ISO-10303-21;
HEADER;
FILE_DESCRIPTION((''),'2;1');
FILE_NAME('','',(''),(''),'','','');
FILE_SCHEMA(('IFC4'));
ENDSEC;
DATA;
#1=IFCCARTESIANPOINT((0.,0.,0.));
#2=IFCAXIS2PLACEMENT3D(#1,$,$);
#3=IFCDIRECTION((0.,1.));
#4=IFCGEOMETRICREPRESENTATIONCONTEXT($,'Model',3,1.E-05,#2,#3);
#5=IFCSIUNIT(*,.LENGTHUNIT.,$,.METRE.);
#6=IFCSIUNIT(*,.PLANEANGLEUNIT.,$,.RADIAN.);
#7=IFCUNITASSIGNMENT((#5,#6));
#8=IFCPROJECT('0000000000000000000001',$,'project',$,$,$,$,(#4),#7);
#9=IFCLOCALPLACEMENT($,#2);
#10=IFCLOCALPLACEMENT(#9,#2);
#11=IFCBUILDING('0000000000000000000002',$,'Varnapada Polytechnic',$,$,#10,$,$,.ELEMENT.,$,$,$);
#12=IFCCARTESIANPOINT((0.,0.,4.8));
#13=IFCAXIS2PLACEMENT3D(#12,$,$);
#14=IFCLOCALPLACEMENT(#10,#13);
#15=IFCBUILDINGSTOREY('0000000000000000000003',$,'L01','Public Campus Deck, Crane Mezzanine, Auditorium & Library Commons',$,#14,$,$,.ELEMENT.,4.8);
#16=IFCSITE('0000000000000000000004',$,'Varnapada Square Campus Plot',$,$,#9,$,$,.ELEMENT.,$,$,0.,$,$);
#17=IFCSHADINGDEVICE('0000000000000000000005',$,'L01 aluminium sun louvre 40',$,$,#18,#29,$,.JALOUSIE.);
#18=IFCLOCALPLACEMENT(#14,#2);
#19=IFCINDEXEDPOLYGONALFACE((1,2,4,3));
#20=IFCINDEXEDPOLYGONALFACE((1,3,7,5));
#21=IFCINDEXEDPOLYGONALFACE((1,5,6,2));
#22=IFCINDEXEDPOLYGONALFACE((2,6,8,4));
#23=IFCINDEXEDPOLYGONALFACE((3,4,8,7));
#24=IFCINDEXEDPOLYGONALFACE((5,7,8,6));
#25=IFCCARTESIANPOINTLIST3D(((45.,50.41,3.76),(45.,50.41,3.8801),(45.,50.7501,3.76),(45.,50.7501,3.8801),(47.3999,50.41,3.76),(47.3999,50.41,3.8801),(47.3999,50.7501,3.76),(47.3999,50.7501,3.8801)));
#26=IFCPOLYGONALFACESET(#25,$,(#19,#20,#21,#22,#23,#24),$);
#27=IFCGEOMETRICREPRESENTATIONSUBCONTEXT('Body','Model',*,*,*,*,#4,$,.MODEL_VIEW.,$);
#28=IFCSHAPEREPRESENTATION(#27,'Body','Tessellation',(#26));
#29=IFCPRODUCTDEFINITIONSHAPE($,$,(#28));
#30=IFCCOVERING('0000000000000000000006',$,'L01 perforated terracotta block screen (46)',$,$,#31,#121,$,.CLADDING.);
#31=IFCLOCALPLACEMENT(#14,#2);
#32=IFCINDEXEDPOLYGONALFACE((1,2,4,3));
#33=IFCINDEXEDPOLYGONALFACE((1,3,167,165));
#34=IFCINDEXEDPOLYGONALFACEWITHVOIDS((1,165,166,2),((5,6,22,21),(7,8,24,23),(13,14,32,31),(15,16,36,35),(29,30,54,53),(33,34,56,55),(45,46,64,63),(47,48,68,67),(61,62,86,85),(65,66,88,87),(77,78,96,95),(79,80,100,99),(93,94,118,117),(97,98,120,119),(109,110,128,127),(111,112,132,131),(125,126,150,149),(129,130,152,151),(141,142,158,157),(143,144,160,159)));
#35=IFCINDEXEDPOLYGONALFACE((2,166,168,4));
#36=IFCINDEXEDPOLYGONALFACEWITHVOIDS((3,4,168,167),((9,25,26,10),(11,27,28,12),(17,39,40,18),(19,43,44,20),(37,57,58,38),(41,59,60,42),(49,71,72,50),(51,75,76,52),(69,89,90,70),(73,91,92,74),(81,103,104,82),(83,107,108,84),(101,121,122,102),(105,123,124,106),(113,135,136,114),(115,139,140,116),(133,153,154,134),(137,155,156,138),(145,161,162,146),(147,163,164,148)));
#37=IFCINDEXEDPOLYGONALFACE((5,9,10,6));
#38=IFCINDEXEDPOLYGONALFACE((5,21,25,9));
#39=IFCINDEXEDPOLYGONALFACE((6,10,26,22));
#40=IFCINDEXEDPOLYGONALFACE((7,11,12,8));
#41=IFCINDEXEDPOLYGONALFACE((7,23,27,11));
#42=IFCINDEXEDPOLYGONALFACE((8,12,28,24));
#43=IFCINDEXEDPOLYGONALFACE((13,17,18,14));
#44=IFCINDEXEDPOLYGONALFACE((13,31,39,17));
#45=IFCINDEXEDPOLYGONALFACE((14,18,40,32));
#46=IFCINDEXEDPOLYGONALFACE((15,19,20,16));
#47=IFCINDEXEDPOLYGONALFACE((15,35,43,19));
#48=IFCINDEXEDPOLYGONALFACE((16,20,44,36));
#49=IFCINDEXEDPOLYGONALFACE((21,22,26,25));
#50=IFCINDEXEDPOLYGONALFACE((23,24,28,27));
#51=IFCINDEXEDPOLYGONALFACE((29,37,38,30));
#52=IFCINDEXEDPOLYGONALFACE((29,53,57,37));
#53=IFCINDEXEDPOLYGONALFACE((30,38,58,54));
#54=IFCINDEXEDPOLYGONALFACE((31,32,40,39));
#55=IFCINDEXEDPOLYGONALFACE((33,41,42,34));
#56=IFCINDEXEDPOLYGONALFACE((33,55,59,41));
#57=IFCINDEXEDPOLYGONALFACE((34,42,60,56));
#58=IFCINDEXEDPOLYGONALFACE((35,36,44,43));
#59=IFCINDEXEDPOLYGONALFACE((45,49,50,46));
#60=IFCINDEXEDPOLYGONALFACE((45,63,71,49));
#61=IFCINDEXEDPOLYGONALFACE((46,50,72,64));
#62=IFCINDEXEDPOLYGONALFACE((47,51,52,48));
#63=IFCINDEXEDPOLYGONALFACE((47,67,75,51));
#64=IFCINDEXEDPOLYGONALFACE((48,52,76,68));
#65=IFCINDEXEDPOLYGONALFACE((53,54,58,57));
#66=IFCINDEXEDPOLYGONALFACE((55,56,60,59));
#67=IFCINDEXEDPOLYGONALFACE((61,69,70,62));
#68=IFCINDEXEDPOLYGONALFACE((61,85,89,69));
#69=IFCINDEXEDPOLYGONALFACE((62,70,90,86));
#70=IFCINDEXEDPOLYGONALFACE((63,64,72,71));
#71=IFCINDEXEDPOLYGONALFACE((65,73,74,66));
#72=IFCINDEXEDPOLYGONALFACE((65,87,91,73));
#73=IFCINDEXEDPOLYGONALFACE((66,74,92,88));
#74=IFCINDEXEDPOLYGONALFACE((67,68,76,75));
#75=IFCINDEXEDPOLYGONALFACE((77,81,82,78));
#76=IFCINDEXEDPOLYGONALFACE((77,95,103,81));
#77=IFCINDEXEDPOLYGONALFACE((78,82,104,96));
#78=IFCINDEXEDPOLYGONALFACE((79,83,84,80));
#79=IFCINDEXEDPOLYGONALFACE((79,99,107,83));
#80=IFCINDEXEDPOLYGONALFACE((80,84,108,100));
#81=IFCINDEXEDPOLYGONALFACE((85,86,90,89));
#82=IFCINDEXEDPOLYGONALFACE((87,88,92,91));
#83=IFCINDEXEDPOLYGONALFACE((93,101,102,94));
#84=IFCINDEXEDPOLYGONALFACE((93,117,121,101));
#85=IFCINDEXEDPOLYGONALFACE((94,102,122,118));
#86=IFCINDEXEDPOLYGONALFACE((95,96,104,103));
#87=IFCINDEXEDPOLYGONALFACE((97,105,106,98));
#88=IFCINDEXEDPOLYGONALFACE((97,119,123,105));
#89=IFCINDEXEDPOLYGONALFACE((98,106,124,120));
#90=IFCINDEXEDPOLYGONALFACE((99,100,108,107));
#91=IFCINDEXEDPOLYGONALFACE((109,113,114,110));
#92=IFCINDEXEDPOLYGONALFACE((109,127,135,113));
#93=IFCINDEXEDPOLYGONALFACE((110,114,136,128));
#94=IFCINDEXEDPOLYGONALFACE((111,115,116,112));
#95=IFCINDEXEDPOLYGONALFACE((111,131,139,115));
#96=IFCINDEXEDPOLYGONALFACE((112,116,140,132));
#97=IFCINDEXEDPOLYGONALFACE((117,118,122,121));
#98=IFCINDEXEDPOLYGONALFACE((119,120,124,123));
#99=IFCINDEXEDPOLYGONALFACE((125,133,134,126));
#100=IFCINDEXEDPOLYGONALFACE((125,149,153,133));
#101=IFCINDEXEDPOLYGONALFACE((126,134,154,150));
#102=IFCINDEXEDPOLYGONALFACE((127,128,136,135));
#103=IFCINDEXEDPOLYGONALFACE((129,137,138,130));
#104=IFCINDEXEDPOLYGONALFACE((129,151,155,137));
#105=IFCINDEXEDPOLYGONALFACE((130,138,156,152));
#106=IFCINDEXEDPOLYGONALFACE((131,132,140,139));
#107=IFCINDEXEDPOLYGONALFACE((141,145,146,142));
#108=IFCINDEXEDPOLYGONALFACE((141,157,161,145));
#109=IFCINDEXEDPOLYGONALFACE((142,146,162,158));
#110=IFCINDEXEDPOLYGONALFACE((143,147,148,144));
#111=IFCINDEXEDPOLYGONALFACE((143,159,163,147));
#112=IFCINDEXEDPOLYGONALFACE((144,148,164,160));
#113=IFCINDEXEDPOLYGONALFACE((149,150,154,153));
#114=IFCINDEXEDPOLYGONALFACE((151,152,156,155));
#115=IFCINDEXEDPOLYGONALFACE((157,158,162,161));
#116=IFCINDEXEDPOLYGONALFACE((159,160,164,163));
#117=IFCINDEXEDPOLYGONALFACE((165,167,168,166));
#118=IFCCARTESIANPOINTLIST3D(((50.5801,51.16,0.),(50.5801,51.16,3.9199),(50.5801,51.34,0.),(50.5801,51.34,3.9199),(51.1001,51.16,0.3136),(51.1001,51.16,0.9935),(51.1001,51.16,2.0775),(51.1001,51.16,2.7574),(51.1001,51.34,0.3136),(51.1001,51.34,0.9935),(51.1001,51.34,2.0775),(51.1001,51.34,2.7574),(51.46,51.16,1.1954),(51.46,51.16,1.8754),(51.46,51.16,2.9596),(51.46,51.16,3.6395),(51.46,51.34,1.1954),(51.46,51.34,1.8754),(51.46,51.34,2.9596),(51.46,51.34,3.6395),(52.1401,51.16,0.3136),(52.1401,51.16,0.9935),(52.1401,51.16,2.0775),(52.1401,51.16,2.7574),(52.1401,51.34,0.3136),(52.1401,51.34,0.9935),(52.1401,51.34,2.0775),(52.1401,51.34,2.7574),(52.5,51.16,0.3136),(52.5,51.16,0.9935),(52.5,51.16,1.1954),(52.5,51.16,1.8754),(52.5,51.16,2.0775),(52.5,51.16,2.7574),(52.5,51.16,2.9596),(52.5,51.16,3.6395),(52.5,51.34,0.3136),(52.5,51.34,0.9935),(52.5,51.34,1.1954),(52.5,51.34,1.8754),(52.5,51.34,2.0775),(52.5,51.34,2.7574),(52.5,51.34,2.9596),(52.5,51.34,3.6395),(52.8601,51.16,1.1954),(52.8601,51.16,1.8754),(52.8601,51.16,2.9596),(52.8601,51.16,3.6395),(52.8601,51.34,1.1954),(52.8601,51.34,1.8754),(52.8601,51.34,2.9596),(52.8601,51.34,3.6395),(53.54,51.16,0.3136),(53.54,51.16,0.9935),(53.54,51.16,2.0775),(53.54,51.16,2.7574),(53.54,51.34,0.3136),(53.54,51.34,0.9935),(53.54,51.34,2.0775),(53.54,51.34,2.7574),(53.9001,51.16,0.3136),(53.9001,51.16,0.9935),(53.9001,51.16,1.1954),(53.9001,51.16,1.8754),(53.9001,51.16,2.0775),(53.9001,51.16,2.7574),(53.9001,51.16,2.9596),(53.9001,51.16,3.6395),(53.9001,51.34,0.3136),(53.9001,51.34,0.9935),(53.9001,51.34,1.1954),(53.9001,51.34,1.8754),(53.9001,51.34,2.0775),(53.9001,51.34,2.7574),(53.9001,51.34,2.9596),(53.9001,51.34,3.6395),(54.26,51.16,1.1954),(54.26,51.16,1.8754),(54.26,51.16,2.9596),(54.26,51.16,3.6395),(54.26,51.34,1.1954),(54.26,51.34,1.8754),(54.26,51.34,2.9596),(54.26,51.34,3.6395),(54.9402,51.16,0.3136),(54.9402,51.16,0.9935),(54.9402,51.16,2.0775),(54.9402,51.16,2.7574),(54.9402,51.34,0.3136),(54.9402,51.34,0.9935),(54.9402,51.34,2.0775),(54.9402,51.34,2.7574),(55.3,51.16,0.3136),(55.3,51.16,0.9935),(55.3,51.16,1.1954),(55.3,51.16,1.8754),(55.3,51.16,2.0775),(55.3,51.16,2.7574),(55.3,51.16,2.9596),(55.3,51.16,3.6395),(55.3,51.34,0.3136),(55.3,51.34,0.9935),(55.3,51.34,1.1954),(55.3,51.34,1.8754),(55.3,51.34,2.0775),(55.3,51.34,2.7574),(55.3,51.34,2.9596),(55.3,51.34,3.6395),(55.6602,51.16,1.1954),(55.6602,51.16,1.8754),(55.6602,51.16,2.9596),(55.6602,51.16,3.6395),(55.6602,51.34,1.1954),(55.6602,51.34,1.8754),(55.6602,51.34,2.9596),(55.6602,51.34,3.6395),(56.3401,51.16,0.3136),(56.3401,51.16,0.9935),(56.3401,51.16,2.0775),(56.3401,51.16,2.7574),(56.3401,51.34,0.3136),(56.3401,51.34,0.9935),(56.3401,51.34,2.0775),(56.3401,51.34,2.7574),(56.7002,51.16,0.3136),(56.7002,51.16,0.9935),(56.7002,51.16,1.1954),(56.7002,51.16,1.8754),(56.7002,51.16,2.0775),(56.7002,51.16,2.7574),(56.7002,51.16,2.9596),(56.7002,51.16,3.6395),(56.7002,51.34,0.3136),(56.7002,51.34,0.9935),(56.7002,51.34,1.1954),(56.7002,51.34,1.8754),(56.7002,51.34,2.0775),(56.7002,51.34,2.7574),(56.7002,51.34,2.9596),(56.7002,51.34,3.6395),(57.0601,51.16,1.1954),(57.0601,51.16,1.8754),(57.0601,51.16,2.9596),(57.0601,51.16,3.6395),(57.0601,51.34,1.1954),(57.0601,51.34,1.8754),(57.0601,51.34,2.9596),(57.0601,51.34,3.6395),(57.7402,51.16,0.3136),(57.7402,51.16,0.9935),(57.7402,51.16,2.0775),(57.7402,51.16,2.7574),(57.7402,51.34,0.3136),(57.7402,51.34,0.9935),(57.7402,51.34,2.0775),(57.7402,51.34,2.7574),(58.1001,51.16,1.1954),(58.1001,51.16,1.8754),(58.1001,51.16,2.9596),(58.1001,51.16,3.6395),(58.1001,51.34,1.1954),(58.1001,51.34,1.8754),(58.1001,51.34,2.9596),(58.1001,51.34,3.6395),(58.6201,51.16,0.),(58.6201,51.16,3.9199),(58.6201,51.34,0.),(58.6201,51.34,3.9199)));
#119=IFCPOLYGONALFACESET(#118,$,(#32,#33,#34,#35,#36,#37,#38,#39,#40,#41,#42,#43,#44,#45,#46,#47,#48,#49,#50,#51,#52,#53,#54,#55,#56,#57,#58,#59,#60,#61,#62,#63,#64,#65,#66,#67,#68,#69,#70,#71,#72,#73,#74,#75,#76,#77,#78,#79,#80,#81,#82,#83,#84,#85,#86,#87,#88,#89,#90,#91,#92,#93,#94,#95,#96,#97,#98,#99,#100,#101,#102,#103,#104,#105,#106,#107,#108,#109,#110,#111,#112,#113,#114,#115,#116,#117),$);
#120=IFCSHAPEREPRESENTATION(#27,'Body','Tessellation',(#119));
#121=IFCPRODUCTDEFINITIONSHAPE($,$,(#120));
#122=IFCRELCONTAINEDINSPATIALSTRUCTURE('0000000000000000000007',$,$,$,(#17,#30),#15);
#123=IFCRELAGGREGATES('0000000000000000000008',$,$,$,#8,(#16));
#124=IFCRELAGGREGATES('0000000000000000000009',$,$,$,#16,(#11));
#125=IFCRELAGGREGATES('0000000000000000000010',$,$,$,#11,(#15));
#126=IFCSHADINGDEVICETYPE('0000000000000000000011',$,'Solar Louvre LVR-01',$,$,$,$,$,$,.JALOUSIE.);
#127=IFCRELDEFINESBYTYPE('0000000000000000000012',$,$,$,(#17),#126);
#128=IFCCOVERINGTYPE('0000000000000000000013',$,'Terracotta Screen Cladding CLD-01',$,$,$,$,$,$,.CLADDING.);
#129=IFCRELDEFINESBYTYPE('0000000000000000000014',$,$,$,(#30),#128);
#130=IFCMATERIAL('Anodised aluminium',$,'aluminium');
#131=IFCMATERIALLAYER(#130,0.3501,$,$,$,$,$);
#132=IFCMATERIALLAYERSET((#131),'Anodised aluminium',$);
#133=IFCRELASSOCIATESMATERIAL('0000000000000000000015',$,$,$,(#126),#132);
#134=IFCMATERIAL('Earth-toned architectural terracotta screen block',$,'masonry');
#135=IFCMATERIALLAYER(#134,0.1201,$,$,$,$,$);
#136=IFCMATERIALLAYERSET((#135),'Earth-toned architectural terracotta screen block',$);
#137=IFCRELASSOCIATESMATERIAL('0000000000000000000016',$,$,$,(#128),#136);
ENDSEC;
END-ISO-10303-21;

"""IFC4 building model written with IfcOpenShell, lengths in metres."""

from ifc_helpers import new_model, si_unit, direction, frame, frame_2d, origin, origin_2d, place, context, subcontext, project, spatial, rectangle, extrude, material, layer, layer_set, type_object, element, save


model = new_model("IFC4")

# Units and contexts
model_context = context("Model", 3, precision=1e-05, world=origin(), true_north=direction((0.0, 1.0)))
body_context = subcontext(model_context, "Body", "Model", "MODEL_VIEW")
ifc_project = project(units=[si_unit("LENGTHUNIT", "METRE"), si_unit("PLANEANGLEUNIT", "RADIAN")], contexts=[model_context])

# Site, building, storey
site_placement = place(None, origin())
site = spatial("IfcSite", under=ifc_project, at=site_placement, Name="Varnapada Square Campus Plot", CompositionType="ELEMENT", RefElevation=0.0)
building_placement = place(site_placement, origin())
building = spatial("IfcBuilding", under=site, at=building_placement, Name="Varnapada Polytechnic", CompositionType="ELEMENT")
storey_placement = place(building_placement, frame((0.0, 0.0, 4.8)))
storey = spatial("IfcBuildingStorey", under=building, at=storey_placement, Name="L01", Description="Public Campus Deck, Crane Mezzanine, Auditorium & Library Commons", CompositionType="ELEMENT", Elevation=4.8)

# Shading device
ifc_material_1 = material(Name="Anodised aluminium", Category="aluminium")
ifc_layer_1 = layer(ifc_material_1, 0.3501)
ifc_layer_set_1 = layer_set([ifc_layer_1], Name="Anodised aluminium")
shading_device_type_1 = type_object("IfcShadingDeviceType", Name="Solar Louvre LVR-01", PredefinedType="JALOUSIE", material=ifc_layer_set_1)
shading_device_1_placement = place(storey_placement, frame((46.2, 50.5801, 3.76), z_axis=(0.0, 0.0, 1.0), x_axis=(1.0, 0.0, 0.0)))
element("IfcShadingDevice", 1, at=shading_device_1_placement, inside=storey, type_object=shading_device_type_1, Name="L01 aluminium sun louvre 40", PredefinedType="JALOUSIE", context=body_context, shape_type="SweptSolid", body=[
    extrude(rectangle(XDim=2.3999, YDim=0.3401, at=origin_2d()), origin(), (0.0, 0.0, 1.0), 0.1201),
])

# Covering, openings
ifc_material_2 = material(Name="Earth-toned architectural terracotta screen block", Category="masonry")
ifc_layer_2 = layer(ifc_material_2, 0.1201)
ifc_layer_set_2 = layer_set([ifc_layer_2], Name="Earth-toned architectural terracotta screen block")
covering_type = type_object("IfcCoveringType", Name="Terracotta Screen Cladding CLD-01", PredefinedType="CLADDING", material=ifc_layer_set_2)
covering_placement = place(storey_placement, frame((50.5801, 51.25, 0.0), z_axis=(0.0, 0.0, 1.0), x_axis=(1.0, 0.0, 0.0)))
covering = element("IfcCovering", 2, at=covering_placement, inside=storey, type_object=covering_type, Name="L01 perforated terracotta block screen (46)", PredefinedType="CLADDING", context=body_context, shape_type="SweptSolid", body=[
    extrude(rectangle(XDim=8.04, YDim=0.1799, at=frame_2d((4.02, 0.0))), origin(), (0.0, 0.0, 1.0), 3.9199),
])
opening_1_placement = place(covering_placement, frame((0.52, 0.0, 0.3137)))
element("IfcOpeningElement", 3, at=opening_1_placement, cuts=covering, PredefinedType="OPENING", context=body_context, shape_type="SweptSolid", body=[
    extrude(rectangle(XDim=1.04, YDim=0.6799, at=frame_2d((0.52, 0.3398))), frame((0.0, 0.0999, 0.0), z_axis=(0.0, -1.0, 0.0), x_axis=(1.0, 0.0, 0.0)), (0.0, 0.0, 1.0), 0.2),
])
opening_2_placement = place(covering_placement, frame((1.9199, 0.0, 0.3137)))
element("IfcOpeningElement", 4, at=opening_2_placement, cuts=covering, PredefinedType="OPENING", context=body_context, shape_type="SweptSolid", body=[
    extrude(rectangle(XDim=1.04, YDim=0.6799, at=frame_2d((0.52, 0.3398))), frame((0.0, 0.0999, 0.0), z_axis=(0.0, -1.0, 0.0), x_axis=(1.0, 0.0, 0.0)), (0.0, 0.0, 1.0), 0.2),
])
opening_3_placement = place(covering_placement, frame((3.3201, 0.0, 0.3137)))
element("IfcOpeningElement", 5, at=opening_3_placement, cuts=covering, PredefinedType="OPENING", context=body_context, shape_type="SweptSolid", body=[
    extrude(rectangle(XDim=1.04, YDim=0.6799, at=frame_2d((0.52, 0.3398))), frame((0.0, 0.0999, 0.0), z_axis=(0.0, -1.0, 0.0), x_axis=(1.0, 0.0, 0.0)), (0.0, 0.0, 1.0), 0.2),
])
opening_4_placement = place(covering_placement, frame((4.72, 0.0, 0.3137)))
element("IfcOpeningElement", 6, at=opening_4_placement, cuts=covering, PredefinedType="OPENING", context=body_context, shape_type="SweptSolid", body=[
    extrude(rectangle(XDim=1.04, YDim=0.6799, at=frame_2d((0.52, 0.3398))), frame((0.0, 0.0999, 0.0), z_axis=(0.0, -1.0, 0.0), x_axis=(1.0, 0.0, 0.0)), (0.0, 0.0, 1.0), 0.2),
])
opening_5_placement = place(covering_placement, frame((6.1201, 0.0, 0.3137)))
element("IfcOpeningElement", 7, at=opening_5_placement, cuts=covering, PredefinedType="OPENING", context=body_context, shape_type="SweptSolid", body=[
    extrude(rectangle(XDim=1.04, YDim=0.6799, at=frame_2d((0.52, 0.3398))), frame((0.0, 0.0999, 0.0), z_axis=(0.0, -1.0, 0.0), x_axis=(1.0, 0.0, 0.0)), (0.0, 0.0, 1.0), 0.2),
])
opening_6_placement = place(covering_placement, frame((0.8799, 0.0, 1.1956)))
element("IfcOpeningElement", 8, at=opening_6_placement, cuts=covering, PredefinedType="OPENING", context=body_context, shape_type="SweptSolid", body=[
    extrude(rectangle(XDim=1.04, YDim=0.6799, at=frame_2d((0.52, 0.3398))), frame((0.0, 0.0999, 0.0), z_axis=(0.0, -1.0, 0.0), x_axis=(1.0, 0.0, 0.0)), (0.0, 0.0, 1.0), 0.2),
])
opening_7_placement = place(covering_placement, frame((2.28, 0.0, 1.1956)))
element("IfcOpeningElement", 9, at=opening_7_placement, cuts=covering, PredefinedType="OPENING", context=body_context, shape_type="SweptSolid", body=[
    extrude(rectangle(XDim=1.04, YDim=0.6799, at=frame_2d((0.52, 0.3398))), frame((0.0, 0.0999, 0.0), z_axis=(0.0, -1.0, 0.0), x_axis=(1.0, 0.0, 0.0)), (0.0, 0.0, 1.0), 0.2),
])
opening_8_placement = place(covering_placement, frame((3.6799, 0.0, 1.1956)))
element("IfcOpeningElement", 10, at=opening_8_placement, cuts=covering, PredefinedType="OPENING", context=body_context, shape_type="SweptSolid", body=[
    extrude(rectangle(XDim=1.04, YDim=0.6799, at=frame_2d((0.52, 0.3398))), frame((0.0, 0.0999, 0.0), z_axis=(0.0, -1.0, 0.0), x_axis=(1.0, 0.0, 0.0)), (0.0, 0.0, 1.0), 0.2),
])
opening_9_placement = place(covering_placement, frame((5.0801, 0.0, 1.1956)))
element("IfcOpeningElement", 11, at=opening_9_placement, cuts=covering, PredefinedType="OPENING", context=body_context, shape_type="SweptSolid", body=[
    extrude(rectangle(XDim=1.04, YDim=0.6799, at=frame_2d((0.52, 0.3398))), frame((0.0, 0.0999, 0.0), z_axis=(0.0, -1.0, 0.0), x_axis=(1.0, 0.0, 0.0)), (0.0, 0.0, 1.0), 0.2),
])
opening_10_placement = place(covering_placement, frame((6.48, 0.0, 1.1956)))
element("IfcOpeningElement", 12, at=opening_10_placement, cuts=covering, PredefinedType="OPENING", context=body_context, shape_type="SweptSolid", body=[
    extrude(rectangle(XDim=1.04, YDim=0.6799, at=frame_2d((0.52, 0.3398))), frame((0.0, 0.0999, 0.0), z_axis=(0.0, -1.0, 0.0), x_axis=(1.0, 0.0, 0.0)), (0.0, 0.0, 1.0), 0.2),
])
opening_11_placement = place(covering_placement, frame((0.52, 0.0, 2.0776)))
element("IfcOpeningElement", 13, at=opening_11_placement, cuts=covering, PredefinedType="OPENING", context=body_context, shape_type="SweptSolid", body=[
    extrude(rectangle(XDim=1.04, YDim=0.6799, at=frame_2d((0.52, 0.3398))), frame((0.0, 0.0999, 0.0), z_axis=(0.0, -1.0, 0.0), x_axis=(1.0, 0.0, 0.0)), (0.0, 0.0, 1.0), 0.2),
])
opening_12_placement = place(covering_placement, frame((1.9199, 0.0, 2.0776)))
element("IfcOpeningElement", 14, at=opening_12_placement, cuts=covering, PredefinedType="OPENING", context=body_context, shape_type="SweptSolid", body=[
    extrude(rectangle(XDim=1.04, YDim=0.6799, at=frame_2d((0.52, 0.3398))), frame((0.0, 0.0999, 0.0), z_axis=(0.0, -1.0, 0.0), x_axis=(1.0, 0.0, 0.0)), (0.0, 0.0, 1.0), 0.2),
])
opening_13_placement = place(covering_placement, frame((3.3201, 0.0, 2.0776)))
element("IfcOpeningElement", 15, at=opening_13_placement, cuts=covering, PredefinedType="OPENING", context=body_context, shape_type="SweptSolid", body=[
    extrude(rectangle(XDim=1.04, YDim=0.6799, at=frame_2d((0.52, 0.3398))), frame((0.0, 0.0999, 0.0), z_axis=(0.0, -1.0, 0.0), x_axis=(1.0, 0.0, 0.0)), (0.0, 0.0, 1.0), 0.2),
])
opening_14_placement = place(covering_placement, frame((4.72, 0.0, 2.0776)))
element("IfcOpeningElement", 16, at=opening_14_placement, cuts=covering, PredefinedType="OPENING", context=body_context, shape_type="SweptSolid", body=[
    extrude(rectangle(XDim=1.04, YDim=0.6799, at=frame_2d((0.52, 0.3398))), frame((0.0, 0.0999, 0.0), z_axis=(0.0, -1.0, 0.0), x_axis=(1.0, 0.0, 0.0)), (0.0, 0.0, 1.0), 0.2),
])
opening_15_placement = place(covering_placement, frame((6.1201, 0.0, 2.0776)))
element("IfcOpeningElement", 17, at=opening_15_placement, cuts=covering, PredefinedType="OPENING", context=body_context, shape_type="SweptSolid", body=[
    extrude(rectangle(XDim=1.04, YDim=0.6799, at=frame_2d((0.52, 0.3398))), frame((0.0, 0.0999, 0.0), z_axis=(0.0, -1.0, 0.0), x_axis=(1.0, 0.0, 0.0)), (0.0, 0.0, 1.0), 0.2),
])
opening_16_placement = place(covering_placement, frame((0.8799, 0.0, 2.9597)))
element("IfcOpeningElement", 18, at=opening_16_placement, cuts=covering, PredefinedType="OPENING", context=body_context, shape_type="SweptSolid", body=[
    extrude(rectangle(XDim=1.04, YDim=0.6799, at=frame_2d((0.52, 0.3398))), frame((0.0, 0.0999, 0.0), z_axis=(0.0, -1.0, 0.0), x_axis=(1.0, 0.0, 0.0)), (0.0, 0.0, 1.0), 0.2),
])
opening_17_placement = place(covering_placement, frame((2.28, 0.0, 2.9597)))
element("IfcOpeningElement", 19, at=opening_17_placement, cuts=covering, PredefinedType="OPENING", context=body_context, shape_type="SweptSolid", body=[
    extrude(rectangle(XDim=1.04, YDim=0.6799, at=frame_2d((0.52, 0.3398))), frame((0.0, 0.0999, 0.0), z_axis=(0.0, -1.0, 0.0), x_axis=(1.0, 0.0, 0.0)), (0.0, 0.0, 1.0), 0.2),
])
opening_18_placement = place(covering_placement, frame((3.6799, 0.0, 2.9597)))
element("IfcOpeningElement", 20, at=opening_18_placement, cuts=covering, PredefinedType="OPENING", context=body_context, shape_type="SweptSolid", body=[
    extrude(rectangle(XDim=1.04, YDim=0.6799, at=frame_2d((0.52, 0.3398))), frame((0.0, 0.0999, 0.0), z_axis=(0.0, -1.0, 0.0), x_axis=(1.0, 0.0, 0.0)), (0.0, 0.0, 1.0), 0.2),
])
opening_19_placement = place(covering_placement, frame((5.0801, 0.0, 2.9597)))
element("IfcOpeningElement", 21, at=opening_19_placement, cuts=covering, PredefinedType="OPENING", context=body_context, shape_type="SweptSolid", body=[
    extrude(rectangle(XDim=1.04, YDim=0.6799, at=frame_2d((0.52, 0.3398))), frame((0.0, 0.0999, 0.0), z_axis=(0.0, -1.0, 0.0), x_axis=(1.0, 0.0, 0.0)), (0.0, 0.0, 1.0), 0.2),
])
opening_20_placement = place(covering_placement, frame((6.48, 0.0, 2.9597)))
element("IfcOpeningElement", 22, at=opening_20_placement, cuts=covering, PredefinedType="OPENING", context=body_context, shape_type="SweptSolid", body=[
    extrude(rectangle(XDim=1.04, YDim=0.6799, at=frame_2d((0.52, 0.3398))), frame((0.0, 0.0999, 0.0), z_axis=(0.0, -1.0, 0.0), x_axis=(1.0, 0.0, 0.0)), (0.0, 0.0, 1.0), 0.2),
])

save(model, "model.ifc")
